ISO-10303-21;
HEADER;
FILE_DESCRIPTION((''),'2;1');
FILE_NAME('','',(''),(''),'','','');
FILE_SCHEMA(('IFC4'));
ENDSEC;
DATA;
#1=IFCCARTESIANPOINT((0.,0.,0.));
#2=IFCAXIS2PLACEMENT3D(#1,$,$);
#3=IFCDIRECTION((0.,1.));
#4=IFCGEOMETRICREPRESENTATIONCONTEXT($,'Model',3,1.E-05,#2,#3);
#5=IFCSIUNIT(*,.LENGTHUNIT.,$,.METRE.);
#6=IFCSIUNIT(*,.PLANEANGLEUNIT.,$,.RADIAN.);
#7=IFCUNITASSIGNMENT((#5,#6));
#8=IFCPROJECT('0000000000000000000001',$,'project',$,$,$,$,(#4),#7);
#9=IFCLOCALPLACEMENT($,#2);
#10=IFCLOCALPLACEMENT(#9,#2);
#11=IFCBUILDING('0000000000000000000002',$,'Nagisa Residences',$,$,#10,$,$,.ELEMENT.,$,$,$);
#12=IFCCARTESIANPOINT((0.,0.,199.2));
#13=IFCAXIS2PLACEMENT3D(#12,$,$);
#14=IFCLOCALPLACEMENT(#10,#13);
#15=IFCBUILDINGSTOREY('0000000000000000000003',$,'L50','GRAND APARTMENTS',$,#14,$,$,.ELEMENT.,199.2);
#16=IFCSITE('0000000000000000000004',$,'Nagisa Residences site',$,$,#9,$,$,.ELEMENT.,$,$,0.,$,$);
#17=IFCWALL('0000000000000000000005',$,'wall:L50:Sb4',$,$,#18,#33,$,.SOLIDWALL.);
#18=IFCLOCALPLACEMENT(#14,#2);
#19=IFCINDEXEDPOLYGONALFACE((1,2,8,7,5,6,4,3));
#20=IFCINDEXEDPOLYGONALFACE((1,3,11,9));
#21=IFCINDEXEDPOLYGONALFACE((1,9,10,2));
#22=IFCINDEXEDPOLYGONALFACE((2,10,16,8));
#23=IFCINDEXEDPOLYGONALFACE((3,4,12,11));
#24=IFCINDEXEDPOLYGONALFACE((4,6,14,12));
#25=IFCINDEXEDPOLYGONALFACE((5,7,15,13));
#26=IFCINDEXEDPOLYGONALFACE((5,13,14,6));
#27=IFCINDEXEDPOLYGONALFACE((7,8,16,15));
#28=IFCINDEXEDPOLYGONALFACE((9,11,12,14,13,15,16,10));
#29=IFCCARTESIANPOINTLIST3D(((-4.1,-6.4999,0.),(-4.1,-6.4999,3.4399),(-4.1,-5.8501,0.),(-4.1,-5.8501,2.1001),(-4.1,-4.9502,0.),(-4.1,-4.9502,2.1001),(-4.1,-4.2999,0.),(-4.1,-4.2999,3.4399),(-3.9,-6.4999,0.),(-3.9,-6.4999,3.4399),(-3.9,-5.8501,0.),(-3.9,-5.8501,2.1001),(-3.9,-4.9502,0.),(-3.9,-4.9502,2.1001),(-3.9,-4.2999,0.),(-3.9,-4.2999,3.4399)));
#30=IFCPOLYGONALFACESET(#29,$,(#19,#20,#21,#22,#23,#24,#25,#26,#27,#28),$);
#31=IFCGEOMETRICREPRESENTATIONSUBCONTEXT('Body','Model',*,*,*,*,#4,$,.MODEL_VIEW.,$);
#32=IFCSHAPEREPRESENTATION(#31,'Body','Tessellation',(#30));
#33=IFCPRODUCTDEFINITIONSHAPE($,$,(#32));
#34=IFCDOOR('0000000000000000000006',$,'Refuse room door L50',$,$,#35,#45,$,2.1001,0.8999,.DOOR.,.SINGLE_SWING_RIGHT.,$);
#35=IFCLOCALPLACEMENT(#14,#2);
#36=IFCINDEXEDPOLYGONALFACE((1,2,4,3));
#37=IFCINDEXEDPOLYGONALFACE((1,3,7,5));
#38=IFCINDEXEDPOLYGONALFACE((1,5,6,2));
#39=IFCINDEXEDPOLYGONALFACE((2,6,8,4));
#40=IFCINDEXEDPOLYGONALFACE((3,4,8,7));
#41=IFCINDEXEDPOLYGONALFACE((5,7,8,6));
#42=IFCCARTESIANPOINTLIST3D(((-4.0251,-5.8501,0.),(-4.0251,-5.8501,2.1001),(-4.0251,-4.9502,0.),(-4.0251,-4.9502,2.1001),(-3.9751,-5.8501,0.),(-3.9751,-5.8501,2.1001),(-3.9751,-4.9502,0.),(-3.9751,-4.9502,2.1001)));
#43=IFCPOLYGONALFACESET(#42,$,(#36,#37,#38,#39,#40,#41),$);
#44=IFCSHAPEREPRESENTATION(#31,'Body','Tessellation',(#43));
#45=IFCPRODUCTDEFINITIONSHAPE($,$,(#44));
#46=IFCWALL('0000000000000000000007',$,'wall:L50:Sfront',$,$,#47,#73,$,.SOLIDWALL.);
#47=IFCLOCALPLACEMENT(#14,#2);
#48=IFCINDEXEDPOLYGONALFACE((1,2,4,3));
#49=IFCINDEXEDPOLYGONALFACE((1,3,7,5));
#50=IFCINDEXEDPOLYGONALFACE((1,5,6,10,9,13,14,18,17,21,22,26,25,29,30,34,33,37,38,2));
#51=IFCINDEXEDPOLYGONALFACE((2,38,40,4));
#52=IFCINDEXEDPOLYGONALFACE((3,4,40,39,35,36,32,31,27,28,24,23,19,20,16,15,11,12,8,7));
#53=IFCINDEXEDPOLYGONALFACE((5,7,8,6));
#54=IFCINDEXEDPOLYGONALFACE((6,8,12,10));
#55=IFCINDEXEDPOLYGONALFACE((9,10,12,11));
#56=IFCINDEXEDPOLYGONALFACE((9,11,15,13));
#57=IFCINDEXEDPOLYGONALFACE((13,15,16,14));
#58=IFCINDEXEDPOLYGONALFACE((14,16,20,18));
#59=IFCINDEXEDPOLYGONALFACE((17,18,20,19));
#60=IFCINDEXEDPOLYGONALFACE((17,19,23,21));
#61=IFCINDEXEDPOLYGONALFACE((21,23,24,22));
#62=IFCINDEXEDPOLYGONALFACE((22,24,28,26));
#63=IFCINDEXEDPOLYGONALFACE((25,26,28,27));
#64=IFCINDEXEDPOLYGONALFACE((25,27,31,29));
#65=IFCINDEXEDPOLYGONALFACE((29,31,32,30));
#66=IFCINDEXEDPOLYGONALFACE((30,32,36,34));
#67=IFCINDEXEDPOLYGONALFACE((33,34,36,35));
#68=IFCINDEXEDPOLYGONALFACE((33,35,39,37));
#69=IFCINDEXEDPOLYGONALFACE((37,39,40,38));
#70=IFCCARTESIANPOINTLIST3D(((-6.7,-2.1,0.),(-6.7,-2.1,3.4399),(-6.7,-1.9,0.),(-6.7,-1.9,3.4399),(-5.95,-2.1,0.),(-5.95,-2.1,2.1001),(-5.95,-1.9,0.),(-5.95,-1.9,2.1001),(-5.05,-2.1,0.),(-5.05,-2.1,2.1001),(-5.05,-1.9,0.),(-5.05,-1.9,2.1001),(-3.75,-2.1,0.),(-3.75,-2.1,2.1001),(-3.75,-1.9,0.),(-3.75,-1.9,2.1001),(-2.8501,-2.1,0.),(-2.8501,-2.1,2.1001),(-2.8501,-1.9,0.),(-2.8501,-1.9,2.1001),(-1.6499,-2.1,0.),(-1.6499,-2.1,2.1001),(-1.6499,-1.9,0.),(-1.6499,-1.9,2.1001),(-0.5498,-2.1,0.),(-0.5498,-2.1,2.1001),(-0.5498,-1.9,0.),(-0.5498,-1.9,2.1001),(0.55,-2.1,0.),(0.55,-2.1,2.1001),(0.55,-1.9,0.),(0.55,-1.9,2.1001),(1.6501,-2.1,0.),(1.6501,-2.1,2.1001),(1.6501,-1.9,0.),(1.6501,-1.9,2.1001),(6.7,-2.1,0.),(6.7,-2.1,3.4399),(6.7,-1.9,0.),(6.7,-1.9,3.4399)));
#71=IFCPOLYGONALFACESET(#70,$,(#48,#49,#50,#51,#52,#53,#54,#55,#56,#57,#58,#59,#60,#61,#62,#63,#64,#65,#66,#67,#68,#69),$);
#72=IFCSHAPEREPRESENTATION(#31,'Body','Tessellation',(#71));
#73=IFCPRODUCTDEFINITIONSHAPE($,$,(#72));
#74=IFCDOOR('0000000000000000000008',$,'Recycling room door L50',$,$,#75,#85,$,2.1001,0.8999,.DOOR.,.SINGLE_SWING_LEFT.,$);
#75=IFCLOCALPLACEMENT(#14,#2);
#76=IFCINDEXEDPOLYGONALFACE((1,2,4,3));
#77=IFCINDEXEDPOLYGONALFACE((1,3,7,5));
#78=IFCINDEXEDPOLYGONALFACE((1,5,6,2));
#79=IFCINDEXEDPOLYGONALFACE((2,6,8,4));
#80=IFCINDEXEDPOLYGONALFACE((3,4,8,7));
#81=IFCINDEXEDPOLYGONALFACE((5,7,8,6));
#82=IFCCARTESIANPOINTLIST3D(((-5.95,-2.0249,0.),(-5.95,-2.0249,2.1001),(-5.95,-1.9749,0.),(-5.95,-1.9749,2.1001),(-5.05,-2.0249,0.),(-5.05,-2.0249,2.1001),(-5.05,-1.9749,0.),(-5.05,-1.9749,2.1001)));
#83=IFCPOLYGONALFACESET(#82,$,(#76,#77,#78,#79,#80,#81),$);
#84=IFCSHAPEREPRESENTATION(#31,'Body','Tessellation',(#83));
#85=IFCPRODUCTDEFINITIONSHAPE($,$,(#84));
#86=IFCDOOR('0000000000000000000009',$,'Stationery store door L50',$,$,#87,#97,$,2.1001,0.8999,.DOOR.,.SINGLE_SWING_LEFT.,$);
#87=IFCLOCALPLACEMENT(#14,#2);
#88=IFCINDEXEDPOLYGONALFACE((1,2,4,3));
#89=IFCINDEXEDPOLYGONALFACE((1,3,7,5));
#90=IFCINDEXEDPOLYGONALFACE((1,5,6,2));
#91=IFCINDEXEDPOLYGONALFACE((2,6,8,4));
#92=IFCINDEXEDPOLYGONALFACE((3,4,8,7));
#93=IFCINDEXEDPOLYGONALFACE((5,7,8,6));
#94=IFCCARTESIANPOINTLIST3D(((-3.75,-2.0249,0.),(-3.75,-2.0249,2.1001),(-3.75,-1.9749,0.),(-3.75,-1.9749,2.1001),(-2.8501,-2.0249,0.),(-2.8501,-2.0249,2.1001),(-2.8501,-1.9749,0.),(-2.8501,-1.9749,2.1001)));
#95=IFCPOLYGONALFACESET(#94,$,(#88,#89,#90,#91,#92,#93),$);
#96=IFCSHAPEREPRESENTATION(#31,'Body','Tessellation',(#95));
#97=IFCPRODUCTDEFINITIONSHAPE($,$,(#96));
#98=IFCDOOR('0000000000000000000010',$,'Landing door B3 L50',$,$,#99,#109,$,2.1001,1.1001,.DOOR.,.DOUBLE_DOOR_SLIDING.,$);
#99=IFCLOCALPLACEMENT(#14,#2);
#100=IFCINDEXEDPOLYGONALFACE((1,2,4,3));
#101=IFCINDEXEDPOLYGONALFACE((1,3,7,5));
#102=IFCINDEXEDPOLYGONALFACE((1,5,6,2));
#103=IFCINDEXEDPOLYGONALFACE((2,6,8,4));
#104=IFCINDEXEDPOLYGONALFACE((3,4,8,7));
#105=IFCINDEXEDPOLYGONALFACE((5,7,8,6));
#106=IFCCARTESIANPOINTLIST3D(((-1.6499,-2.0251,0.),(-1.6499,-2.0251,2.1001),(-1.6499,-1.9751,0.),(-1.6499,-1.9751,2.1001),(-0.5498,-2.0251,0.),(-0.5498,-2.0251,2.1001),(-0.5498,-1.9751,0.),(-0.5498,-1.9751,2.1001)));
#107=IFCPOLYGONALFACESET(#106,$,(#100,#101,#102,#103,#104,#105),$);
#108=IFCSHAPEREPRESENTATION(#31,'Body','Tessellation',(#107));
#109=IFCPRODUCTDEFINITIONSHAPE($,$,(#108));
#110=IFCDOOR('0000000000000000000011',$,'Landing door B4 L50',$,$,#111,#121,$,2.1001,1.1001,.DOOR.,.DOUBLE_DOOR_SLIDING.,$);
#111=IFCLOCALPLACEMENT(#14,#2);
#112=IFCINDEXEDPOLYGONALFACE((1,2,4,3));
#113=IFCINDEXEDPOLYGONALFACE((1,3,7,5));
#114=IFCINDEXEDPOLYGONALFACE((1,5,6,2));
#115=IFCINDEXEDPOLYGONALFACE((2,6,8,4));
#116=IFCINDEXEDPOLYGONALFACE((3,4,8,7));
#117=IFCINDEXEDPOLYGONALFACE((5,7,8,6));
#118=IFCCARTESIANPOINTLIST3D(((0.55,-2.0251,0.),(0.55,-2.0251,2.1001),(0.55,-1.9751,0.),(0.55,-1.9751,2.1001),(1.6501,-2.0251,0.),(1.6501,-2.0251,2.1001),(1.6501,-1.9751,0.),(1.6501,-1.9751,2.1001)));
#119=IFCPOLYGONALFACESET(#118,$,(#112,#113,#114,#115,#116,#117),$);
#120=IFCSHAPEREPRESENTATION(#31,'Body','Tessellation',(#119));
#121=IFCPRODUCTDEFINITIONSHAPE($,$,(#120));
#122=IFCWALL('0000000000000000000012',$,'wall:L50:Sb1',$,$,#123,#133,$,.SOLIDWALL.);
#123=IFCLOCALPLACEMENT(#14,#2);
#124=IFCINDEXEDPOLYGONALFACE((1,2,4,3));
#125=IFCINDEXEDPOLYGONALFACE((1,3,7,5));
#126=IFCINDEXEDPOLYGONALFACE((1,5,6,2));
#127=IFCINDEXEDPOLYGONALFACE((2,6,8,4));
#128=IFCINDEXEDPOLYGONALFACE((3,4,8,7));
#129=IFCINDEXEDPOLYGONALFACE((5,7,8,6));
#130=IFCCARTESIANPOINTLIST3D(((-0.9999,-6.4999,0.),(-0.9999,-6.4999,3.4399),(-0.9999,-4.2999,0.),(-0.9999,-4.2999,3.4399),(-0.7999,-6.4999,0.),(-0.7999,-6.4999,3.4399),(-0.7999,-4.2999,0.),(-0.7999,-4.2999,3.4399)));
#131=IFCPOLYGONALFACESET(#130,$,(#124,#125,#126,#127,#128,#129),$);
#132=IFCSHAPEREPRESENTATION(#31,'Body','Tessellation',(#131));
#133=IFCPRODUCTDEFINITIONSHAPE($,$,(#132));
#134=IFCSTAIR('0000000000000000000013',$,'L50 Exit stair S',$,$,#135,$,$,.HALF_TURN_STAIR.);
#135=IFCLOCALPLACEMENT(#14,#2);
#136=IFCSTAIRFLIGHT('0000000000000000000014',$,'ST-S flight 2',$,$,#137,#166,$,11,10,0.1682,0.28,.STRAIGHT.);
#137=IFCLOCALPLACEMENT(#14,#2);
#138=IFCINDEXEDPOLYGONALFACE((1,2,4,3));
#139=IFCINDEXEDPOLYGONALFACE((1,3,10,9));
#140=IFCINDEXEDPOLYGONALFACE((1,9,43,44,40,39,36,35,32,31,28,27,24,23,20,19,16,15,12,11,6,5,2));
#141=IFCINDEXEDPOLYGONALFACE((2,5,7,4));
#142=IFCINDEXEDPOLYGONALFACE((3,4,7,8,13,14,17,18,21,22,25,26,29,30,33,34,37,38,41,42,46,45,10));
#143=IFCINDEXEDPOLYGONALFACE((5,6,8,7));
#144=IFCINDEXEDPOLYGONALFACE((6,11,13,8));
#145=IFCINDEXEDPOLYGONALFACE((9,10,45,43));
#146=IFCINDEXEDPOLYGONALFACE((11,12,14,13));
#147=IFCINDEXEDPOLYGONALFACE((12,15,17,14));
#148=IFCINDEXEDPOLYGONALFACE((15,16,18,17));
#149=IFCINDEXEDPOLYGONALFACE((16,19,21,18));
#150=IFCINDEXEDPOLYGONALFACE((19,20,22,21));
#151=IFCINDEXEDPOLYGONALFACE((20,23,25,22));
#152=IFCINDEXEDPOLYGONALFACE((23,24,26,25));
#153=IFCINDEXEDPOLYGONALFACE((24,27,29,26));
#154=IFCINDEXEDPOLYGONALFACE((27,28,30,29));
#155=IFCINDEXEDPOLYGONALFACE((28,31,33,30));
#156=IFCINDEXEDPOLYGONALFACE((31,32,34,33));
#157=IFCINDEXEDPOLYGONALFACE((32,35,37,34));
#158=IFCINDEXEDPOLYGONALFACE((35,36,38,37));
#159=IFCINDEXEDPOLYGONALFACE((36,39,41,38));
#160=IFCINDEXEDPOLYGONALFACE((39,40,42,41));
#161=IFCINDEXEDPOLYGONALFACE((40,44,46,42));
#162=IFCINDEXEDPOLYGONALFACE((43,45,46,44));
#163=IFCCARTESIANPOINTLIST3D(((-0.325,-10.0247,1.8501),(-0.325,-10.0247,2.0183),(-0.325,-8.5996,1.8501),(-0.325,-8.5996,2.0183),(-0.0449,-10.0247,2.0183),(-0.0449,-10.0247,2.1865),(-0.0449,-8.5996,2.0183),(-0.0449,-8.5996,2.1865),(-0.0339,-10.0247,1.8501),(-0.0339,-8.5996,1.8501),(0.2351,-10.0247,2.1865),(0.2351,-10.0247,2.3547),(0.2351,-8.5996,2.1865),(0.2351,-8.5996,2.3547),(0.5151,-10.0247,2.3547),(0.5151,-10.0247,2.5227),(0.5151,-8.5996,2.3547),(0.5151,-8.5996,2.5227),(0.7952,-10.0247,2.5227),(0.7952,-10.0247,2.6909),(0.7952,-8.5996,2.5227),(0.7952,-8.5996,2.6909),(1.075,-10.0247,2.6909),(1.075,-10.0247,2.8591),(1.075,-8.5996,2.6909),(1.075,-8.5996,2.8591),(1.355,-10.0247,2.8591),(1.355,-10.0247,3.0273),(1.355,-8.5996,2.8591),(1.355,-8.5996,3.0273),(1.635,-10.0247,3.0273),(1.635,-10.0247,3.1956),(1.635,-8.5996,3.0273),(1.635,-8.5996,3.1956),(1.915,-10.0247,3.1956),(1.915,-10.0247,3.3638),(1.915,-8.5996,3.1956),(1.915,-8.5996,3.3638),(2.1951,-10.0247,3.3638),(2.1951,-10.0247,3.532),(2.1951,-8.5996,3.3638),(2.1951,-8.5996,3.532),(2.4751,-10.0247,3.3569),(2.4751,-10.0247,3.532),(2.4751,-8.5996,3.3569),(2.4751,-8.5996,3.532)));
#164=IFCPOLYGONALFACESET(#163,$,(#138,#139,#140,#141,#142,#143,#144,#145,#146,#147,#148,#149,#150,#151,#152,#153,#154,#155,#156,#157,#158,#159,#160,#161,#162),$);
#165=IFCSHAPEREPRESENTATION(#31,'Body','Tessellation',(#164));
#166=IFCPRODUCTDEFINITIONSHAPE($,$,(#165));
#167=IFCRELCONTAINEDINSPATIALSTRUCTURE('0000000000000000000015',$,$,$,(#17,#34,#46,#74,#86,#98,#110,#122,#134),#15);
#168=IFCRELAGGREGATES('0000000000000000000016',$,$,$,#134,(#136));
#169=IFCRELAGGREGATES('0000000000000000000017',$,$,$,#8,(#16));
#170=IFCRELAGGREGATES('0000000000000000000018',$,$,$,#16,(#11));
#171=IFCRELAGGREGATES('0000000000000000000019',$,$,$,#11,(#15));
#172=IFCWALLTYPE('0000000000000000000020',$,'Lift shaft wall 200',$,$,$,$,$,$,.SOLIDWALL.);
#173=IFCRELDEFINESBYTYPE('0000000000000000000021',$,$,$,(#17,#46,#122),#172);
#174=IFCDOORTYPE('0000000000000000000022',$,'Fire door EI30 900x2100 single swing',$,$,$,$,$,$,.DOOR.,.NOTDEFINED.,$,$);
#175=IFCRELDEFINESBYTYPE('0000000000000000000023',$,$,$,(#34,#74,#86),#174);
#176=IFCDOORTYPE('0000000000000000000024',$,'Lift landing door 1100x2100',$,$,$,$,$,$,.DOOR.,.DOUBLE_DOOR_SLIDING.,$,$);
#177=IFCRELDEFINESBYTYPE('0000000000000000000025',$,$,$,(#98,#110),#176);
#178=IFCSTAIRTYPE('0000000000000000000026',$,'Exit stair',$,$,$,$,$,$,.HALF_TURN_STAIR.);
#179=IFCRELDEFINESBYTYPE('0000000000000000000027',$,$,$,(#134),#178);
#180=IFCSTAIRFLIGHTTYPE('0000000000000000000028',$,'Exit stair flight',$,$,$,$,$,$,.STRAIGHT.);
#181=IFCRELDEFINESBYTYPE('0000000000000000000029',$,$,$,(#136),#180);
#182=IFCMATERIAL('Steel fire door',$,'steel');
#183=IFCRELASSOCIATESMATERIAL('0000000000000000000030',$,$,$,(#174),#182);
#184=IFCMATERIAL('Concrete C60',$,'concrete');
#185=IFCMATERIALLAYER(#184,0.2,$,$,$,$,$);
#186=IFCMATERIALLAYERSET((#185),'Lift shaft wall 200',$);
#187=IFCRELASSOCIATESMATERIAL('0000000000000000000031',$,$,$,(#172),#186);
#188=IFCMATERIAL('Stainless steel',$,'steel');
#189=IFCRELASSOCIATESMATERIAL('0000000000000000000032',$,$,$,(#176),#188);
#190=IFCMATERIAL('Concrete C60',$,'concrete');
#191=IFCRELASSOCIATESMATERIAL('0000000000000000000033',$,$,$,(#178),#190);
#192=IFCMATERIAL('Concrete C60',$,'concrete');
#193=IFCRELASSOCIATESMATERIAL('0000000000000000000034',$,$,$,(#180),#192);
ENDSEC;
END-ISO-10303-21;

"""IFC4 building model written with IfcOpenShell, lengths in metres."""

from ifc_helpers import new_model, si_unit, direction, frame, frame_2d, origin, place, context, subcontext, project, spatial, polyline, rectangle, outline, extrude, material, layer, layer_set, type_object, element, fill, aggregate, save


model = new_model("IFC4")

# Units and contexts
model_context = context("Model", 3, precision=1e-05, world=origin(), true_north=direction((0.0, 1.0)))
body_context = subcontext(model_context, "Body", "Model", "MODEL_VIEW")
ifc_project = project(units=[si_unit("LENGTHUNIT", "METRE"), si_unit("PLANEANGLEUNIT", "RADIAN")], contexts=[model_context])

# Site, building, storey
site_placement = place(None, origin())
site = spatial("IfcSite", under=ifc_project, at=site_placement, Name="Nagisa Residences site", CompositionType="ELEMENT", RefElevation=0.0)
building_placement = place(site_placement, origin())
building = spatial("IfcBuilding", under=site, at=building_placement, Name="Nagisa Residences", CompositionType="ELEMENT")
storey_placement = place(building_placement, frame((0.0, 0.0, 199.2)))
storey = spatial("IfcBuildingStorey", under=building, at=storey_placement, Name="L50", Description="GRAND APARTMENTS", CompositionType="ELEMENT", Elevation=199.2)

# Shared definitions
ifc_material_1 = material(Name="Steel fire door", Category="steel")
door_type_1 = type_object("IfcDoorType", Name="Fire door EI30 900x2100 single swing", OperationType="NOTDEFINED", PredefinedType="DOOR", material=ifc_material_1)

# Wall, opening, door
ifc_material_2 = material(Name="Concrete C60", Category="concrete")
ifc_layer_1 = layer(ifc_material_2, 0.2)
ifc_layer_set_1 = layer_set([ifc_layer_1], Name="Lift shaft wall 200")
wall_type_1 = type_object("IfcWallType", Name="Lift shaft wall 200", PredefinedType="SOLIDWALL", material=ifc_layer_set_1)
wall_1_placement = place(storey_placement, frame((-4.0, -6.5, 0.0), z_axis=(0.0, 0.0, 1.0), x_axis=(0.0, 1.0, 0.0)))
wall_1 = element("IfcWall", 1, at=wall_1_placement, inside=storey, type_object=wall_type_1, Name="wall:L50:Sb4", PredefinedType="SOLIDWALL", context=body_context, shape_type="SweptSolid", body=[
    extrude(rectangle(XDim=2.2, YDim=0.2, at=frame_2d((1.1001, 0.0))), origin(), (0.0, 0.0, 1.0), 3.4399),
])
opening_1_placement = place(wall_1_placement, frame((0.6499, 0.0, 0.0)))
opening_1 = element("IfcOpeningElement", 2, at=opening_1_placement, cuts=wall_1, PredefinedType="OPENING", context=body_context, shape_type="SweptSolid", body=[
    extrude(rectangle(XDim=0.8999, YDim=2.1001, at=frame_2d((0.45, 1.05))), frame((0.0, 0.1099, 0.0), z_axis=(0.0, -1.0, 0.0), x_axis=(1.0, 0.0, 0.0)), (0.0, 0.0, 1.0), 0.22),
])
door_1_placement = place(opening_1_placement, frame((0.8999, 0.0, 0.0), x_axis=(-1.0, 0.0, 0.0)))
door_1 = element("IfcDoor", 3, at=door_1_placement, inside=storey, type_object=door_type_1, Name="Refuse room door L50", OperationType="SINGLE_SWING_RIGHT", OverallHeight=2.1001, OverallWidth=0.8999, PredefinedType="DOOR", context=body_context, shape_type="SweptSolid", body=[
    extrude(rectangle(XDim=0.8999, YDim=2.1001, at=frame_2d((0.45, 1.05))), frame((0.0, 0.0249, 0.0), z_axis=(0.0, -1.0, 0.0), x_axis=(1.0, 0.0, 0.0)), (0.0, 0.0, 1.0), 0.05),
])
fill(opening_1, door_1)

# Wall, openings, doors
wall_2_placement = place(storey_placement, frame((-6.7, -2.0, 0.0), z_axis=(0.0, 0.0, 1.0), x_axis=(1.0, 0.0, 0.0)))
wall_2 = element("IfcWall", 4, at=wall_2_placement, inside=storey, type_object=wall_type_1, Name="wall:L50:Sfront", PredefinedType="SOLIDWALL", context=body_context, shape_type="SweptSolid", body=[
    extrude(rectangle(XDim=13.3999, YDim=0.2, at=frame_2d((6.7, 0.0))), origin(), (0.0, 0.0, 1.0), 3.4399),
])
opening_2_placement = place(wall_2_placement, frame((5.05, 0.0, 0.0)))
opening_2 = element("IfcOpeningElement", 5, at=opening_2_placement, cuts=wall_2, PredefinedType="OPENING", context=body_context, shape_type="SweptSolid", body=[
    extrude(rectangle(XDim=1.1001, YDim=2.1001, at=frame_2d((0.55, 1.05))), frame((0.0, 0.1099, 0.0), z_axis=(0.0, -1.0, 0.0), x_axis=(1.0, 0.0, 0.0)), (0.0, 0.0, 1.0), 0.22),
])
opening_3_placement = place(wall_2_placement, frame((7.25, 0.0, 0.0)))
opening_3 = element("IfcOpeningElement", 6, at=opening_3_placement, cuts=wall_2, PredefinedType="OPENING", context=body_context, shape_type="SweptSolid", body=[
    extrude(rectangle(XDim=1.1001, YDim=2.1001, at=frame_2d((0.55, 1.05))), frame((0.0, 0.1099, 0.0), z_axis=(0.0, -1.0, 0.0), x_axis=(1.0, 0.0, 0.0)), (0.0, 0.0, 1.0), 0.22),
])
opening_4_placement = place(wall_2_placement, frame((0.75, 0.0, 0.0)))
opening_4 = element("IfcOpeningElement", 7, at=opening_4_placement, cuts=wall_2, PredefinedType="OPENING", context=body_context, shape_type="SweptSolid", body=[
    extrude(rectangle(XDim=0.8999, YDim=2.1001, at=frame_2d((0.45, 1.05))), frame((0.0, 0.1099, 0.0), z_axis=(0.0, -1.0, 0.0), x_axis=(1.0, 0.0, 0.0)), (0.0, 0.0, 1.0), 0.22),
])
opening_5_placement = place(wall_2_placement, frame((2.95, 0.0, 0.0)))
opening_5 = element("IfcOpeningElement", 8, at=opening_5_placement, cuts=wall_2, PredefinedType="OPENING", context=body_context, shape_type="SweptSolid", body=[
    extrude(rectangle(XDim=0.8999, YDim=2.1001, at=frame_2d((0.45, 1.05))), frame((0.0, 0.1099, 0.0), z_axis=(0.0, -1.0, 0.0), x_axis=(1.0, 0.0, 0.0)), (0.0, 0.0, 1.0), 0.22),
])
door_2_placement = place(opening_4_placement, frame((0.8999, 0.0, 0.0), x_axis=(-1.0, 0.0, 0.0)))
door_2 = element("IfcDoor", 9, at=door_2_placement, inside=storey, type_object=door_type_1, Name="Recycling room door L50", OperationType="SINGLE_SWING_LEFT", OverallHeight=2.1001, OverallWidth=0.8999, PredefinedType="DOOR", context=body_context, shape_type="SweptSolid", body=[
    extrude(rectangle(XDim=0.8999, YDim=2.1001, at=frame_2d((0.45, 1.05))), frame((0.0, 0.0249, 0.0), z_axis=(0.0, -1.0, 0.0), x_axis=(1.0, 0.0, 0.0)), (0.0, 0.0, 1.0), 0.05),
])
fill(opening_4, door_2)
door_3_placement = place(opening_5_placement, frame((0.8999, 0.0, 0.0), x_axis=(-1.0, 0.0, 0.0)))
door_3 = element("IfcDoor", 10, at=door_3_placement, inside=storey, type_object=door_type_1, Name="Stationery store door L50", OperationType="SINGLE_SWING_LEFT", OverallHeight=2.1001, OverallWidth=0.8999, PredefinedType="DOOR", context=body_context, shape_type="SweptSolid", body=[
    extrude(rectangle(XDim=0.8999, YDim=2.1001, at=frame_2d((0.45, 1.05))), frame((0.0, 0.0249, 0.0), z_axis=(0.0, -1.0, 0.0), x_axis=(1.0, 0.0, 0.0)), (0.0, 0.0, 1.0), 0.05),
])
fill(opening_5, door_3)
ifc_material_3 = material(Name="Stainless steel", Category="steel")
door_type_2 = type_object("IfcDoorType", Name="Lift landing door 1100x2100", OperationType="DOUBLE_DOOR_SLIDING", PredefinedType="DOOR", material=ifc_material_3)
door_4_placement = place(opening_2_placement, origin())
door_4 = element("IfcDoor", 11, at=door_4_placement, inside=storey, type_object=door_type_2, Name="Landing door B3 L50", OperationType="DOUBLE_DOOR_SLIDING", OverallHeight=2.1001, OverallWidth=1.1001, PredefinedType="DOOR", context=body_context, shape_type="SweptSolid", body=[
    extrude(rectangle(XDim=1.1001, YDim=2.1001, at=frame_2d((0.55, 1.05))), frame((0.0, 0.0249, 0.0), z_axis=(0.0, -1.0, 0.0), x_axis=(1.0, 0.0, 0.0)), (0.0, 0.0, 1.0), 0.05),
])
fill(opening_2, door_4)
door_5_placement = place(opening_3_placement, origin())
door_5 = element("IfcDoor", 12, at=door_5_placement, inside=storey, type_object=door_type_2, Name="Landing door B4 L50", OperationType="DOUBLE_DOOR_SLIDING", OverallHeight=2.1001, OverallWidth=1.1001, PredefinedType="DOOR", context=body_context, shape_type="SweptSolid", body=[
    extrude(rectangle(XDim=1.1001, YDim=2.1001, at=frame_2d((0.55, 1.05))), frame((0.0, 0.0249, 0.0), z_axis=(0.0, -1.0, 0.0), x_axis=(1.0, 0.0, 0.0)), (0.0, 0.0, 1.0), 0.05),
])
fill(opening_3, door_5)

# Wall
wall_3_placement = place(storey_placement, frame((-0.8999, -6.5, 0.0), z_axis=(0.0, 0.0, 1.0), x_axis=(0.0, 1.0, 0.0)))
element("IfcWall", 13, at=wall_3_placement, inside=storey, type_object=wall_type_1, Name="wall:L50:Sb1", PredefinedType="SOLIDWALL", context=body_context, shape_type="SweptSolid", body=[
    extrude(rectangle(XDim=2.2, YDim=0.2, at=frame_2d((1.1001, 0.0))), origin(), (0.0, 0.0, 1.0), 3.4399),
])

# Stair, stair flight
ifc_material_4 = material(Name="Concrete C60", Category="concrete")
stair_type = type_object("IfcStairType", Name="Exit stair", PredefinedType="HALF_TURN_STAIR", material=ifc_material_4)
stair_placement = place(storey_placement, origin())
stair = element("IfcStair", 14, at=stair_placement, inside=storey, type_object=stair_type, Name="L50 Exit stair S", PredefinedType="HALF_TURN_STAIR")
ifc_material_5 = material(Name="Concrete C60", Category="concrete")
stair_flight_type = type_object("IfcStairFlightType", Name="Exit stair flight", PredefinedType="STRAIGHT", material=ifc_material_5)
stair_flight_placement = place(storey_placement, frame((-0.325, -9.312, 1.8501), z_axis=(0.0, 0.0, 1.0), x_axis=(1.0, 0.0, 0.0)))
stair_flight = element("IfcStairFlight", 15, at=stair_flight_placement, type_object=stair_flight_type, Name="ST-S flight 2", NumberOfRisers=11, NumberOfTreads=10, PredefinedType="STRAIGHT", RiserHeight=0.1682, TreadLength=0.28, context=body_context, shape_type="SweptSolid", body=[
    extrude(outline(polyline([(0.0, 0.0), (0.0, 0.1682), (0.28, 0.1682), (0.28, 0.3364), (0.5601, 0.3364), (0.5601, 0.5046), (0.8401, 0.5046), (0.8401, 0.6726), (1.1201, 0.6726), (1.1201, 0.8408), (1.3999, 0.8408), (1.3999, 1.009), (1.6799, 1.009), (1.6799, 1.1772), (1.96, 1.1772), (1.96, 1.3455), (2.24, 1.3455), (2.24, 1.5137), (2.52, 1.5137), (2.52, 1.6819), (2.8, 1.6819), (2.8, 1.8501), (2.8, 1.5068), (0.291, 0.0), (0.0, 0.0)])), frame((0.0, 0.7124, 0.0), z_axis=(0.0, -1.0, 0.0), x_axis=(1.0, 0.0, 0.0)), (0.0, 0.0, 1.0), 1.425),
])
aggregate(stair, [stair_flight])

save(model, "model.ifc")
